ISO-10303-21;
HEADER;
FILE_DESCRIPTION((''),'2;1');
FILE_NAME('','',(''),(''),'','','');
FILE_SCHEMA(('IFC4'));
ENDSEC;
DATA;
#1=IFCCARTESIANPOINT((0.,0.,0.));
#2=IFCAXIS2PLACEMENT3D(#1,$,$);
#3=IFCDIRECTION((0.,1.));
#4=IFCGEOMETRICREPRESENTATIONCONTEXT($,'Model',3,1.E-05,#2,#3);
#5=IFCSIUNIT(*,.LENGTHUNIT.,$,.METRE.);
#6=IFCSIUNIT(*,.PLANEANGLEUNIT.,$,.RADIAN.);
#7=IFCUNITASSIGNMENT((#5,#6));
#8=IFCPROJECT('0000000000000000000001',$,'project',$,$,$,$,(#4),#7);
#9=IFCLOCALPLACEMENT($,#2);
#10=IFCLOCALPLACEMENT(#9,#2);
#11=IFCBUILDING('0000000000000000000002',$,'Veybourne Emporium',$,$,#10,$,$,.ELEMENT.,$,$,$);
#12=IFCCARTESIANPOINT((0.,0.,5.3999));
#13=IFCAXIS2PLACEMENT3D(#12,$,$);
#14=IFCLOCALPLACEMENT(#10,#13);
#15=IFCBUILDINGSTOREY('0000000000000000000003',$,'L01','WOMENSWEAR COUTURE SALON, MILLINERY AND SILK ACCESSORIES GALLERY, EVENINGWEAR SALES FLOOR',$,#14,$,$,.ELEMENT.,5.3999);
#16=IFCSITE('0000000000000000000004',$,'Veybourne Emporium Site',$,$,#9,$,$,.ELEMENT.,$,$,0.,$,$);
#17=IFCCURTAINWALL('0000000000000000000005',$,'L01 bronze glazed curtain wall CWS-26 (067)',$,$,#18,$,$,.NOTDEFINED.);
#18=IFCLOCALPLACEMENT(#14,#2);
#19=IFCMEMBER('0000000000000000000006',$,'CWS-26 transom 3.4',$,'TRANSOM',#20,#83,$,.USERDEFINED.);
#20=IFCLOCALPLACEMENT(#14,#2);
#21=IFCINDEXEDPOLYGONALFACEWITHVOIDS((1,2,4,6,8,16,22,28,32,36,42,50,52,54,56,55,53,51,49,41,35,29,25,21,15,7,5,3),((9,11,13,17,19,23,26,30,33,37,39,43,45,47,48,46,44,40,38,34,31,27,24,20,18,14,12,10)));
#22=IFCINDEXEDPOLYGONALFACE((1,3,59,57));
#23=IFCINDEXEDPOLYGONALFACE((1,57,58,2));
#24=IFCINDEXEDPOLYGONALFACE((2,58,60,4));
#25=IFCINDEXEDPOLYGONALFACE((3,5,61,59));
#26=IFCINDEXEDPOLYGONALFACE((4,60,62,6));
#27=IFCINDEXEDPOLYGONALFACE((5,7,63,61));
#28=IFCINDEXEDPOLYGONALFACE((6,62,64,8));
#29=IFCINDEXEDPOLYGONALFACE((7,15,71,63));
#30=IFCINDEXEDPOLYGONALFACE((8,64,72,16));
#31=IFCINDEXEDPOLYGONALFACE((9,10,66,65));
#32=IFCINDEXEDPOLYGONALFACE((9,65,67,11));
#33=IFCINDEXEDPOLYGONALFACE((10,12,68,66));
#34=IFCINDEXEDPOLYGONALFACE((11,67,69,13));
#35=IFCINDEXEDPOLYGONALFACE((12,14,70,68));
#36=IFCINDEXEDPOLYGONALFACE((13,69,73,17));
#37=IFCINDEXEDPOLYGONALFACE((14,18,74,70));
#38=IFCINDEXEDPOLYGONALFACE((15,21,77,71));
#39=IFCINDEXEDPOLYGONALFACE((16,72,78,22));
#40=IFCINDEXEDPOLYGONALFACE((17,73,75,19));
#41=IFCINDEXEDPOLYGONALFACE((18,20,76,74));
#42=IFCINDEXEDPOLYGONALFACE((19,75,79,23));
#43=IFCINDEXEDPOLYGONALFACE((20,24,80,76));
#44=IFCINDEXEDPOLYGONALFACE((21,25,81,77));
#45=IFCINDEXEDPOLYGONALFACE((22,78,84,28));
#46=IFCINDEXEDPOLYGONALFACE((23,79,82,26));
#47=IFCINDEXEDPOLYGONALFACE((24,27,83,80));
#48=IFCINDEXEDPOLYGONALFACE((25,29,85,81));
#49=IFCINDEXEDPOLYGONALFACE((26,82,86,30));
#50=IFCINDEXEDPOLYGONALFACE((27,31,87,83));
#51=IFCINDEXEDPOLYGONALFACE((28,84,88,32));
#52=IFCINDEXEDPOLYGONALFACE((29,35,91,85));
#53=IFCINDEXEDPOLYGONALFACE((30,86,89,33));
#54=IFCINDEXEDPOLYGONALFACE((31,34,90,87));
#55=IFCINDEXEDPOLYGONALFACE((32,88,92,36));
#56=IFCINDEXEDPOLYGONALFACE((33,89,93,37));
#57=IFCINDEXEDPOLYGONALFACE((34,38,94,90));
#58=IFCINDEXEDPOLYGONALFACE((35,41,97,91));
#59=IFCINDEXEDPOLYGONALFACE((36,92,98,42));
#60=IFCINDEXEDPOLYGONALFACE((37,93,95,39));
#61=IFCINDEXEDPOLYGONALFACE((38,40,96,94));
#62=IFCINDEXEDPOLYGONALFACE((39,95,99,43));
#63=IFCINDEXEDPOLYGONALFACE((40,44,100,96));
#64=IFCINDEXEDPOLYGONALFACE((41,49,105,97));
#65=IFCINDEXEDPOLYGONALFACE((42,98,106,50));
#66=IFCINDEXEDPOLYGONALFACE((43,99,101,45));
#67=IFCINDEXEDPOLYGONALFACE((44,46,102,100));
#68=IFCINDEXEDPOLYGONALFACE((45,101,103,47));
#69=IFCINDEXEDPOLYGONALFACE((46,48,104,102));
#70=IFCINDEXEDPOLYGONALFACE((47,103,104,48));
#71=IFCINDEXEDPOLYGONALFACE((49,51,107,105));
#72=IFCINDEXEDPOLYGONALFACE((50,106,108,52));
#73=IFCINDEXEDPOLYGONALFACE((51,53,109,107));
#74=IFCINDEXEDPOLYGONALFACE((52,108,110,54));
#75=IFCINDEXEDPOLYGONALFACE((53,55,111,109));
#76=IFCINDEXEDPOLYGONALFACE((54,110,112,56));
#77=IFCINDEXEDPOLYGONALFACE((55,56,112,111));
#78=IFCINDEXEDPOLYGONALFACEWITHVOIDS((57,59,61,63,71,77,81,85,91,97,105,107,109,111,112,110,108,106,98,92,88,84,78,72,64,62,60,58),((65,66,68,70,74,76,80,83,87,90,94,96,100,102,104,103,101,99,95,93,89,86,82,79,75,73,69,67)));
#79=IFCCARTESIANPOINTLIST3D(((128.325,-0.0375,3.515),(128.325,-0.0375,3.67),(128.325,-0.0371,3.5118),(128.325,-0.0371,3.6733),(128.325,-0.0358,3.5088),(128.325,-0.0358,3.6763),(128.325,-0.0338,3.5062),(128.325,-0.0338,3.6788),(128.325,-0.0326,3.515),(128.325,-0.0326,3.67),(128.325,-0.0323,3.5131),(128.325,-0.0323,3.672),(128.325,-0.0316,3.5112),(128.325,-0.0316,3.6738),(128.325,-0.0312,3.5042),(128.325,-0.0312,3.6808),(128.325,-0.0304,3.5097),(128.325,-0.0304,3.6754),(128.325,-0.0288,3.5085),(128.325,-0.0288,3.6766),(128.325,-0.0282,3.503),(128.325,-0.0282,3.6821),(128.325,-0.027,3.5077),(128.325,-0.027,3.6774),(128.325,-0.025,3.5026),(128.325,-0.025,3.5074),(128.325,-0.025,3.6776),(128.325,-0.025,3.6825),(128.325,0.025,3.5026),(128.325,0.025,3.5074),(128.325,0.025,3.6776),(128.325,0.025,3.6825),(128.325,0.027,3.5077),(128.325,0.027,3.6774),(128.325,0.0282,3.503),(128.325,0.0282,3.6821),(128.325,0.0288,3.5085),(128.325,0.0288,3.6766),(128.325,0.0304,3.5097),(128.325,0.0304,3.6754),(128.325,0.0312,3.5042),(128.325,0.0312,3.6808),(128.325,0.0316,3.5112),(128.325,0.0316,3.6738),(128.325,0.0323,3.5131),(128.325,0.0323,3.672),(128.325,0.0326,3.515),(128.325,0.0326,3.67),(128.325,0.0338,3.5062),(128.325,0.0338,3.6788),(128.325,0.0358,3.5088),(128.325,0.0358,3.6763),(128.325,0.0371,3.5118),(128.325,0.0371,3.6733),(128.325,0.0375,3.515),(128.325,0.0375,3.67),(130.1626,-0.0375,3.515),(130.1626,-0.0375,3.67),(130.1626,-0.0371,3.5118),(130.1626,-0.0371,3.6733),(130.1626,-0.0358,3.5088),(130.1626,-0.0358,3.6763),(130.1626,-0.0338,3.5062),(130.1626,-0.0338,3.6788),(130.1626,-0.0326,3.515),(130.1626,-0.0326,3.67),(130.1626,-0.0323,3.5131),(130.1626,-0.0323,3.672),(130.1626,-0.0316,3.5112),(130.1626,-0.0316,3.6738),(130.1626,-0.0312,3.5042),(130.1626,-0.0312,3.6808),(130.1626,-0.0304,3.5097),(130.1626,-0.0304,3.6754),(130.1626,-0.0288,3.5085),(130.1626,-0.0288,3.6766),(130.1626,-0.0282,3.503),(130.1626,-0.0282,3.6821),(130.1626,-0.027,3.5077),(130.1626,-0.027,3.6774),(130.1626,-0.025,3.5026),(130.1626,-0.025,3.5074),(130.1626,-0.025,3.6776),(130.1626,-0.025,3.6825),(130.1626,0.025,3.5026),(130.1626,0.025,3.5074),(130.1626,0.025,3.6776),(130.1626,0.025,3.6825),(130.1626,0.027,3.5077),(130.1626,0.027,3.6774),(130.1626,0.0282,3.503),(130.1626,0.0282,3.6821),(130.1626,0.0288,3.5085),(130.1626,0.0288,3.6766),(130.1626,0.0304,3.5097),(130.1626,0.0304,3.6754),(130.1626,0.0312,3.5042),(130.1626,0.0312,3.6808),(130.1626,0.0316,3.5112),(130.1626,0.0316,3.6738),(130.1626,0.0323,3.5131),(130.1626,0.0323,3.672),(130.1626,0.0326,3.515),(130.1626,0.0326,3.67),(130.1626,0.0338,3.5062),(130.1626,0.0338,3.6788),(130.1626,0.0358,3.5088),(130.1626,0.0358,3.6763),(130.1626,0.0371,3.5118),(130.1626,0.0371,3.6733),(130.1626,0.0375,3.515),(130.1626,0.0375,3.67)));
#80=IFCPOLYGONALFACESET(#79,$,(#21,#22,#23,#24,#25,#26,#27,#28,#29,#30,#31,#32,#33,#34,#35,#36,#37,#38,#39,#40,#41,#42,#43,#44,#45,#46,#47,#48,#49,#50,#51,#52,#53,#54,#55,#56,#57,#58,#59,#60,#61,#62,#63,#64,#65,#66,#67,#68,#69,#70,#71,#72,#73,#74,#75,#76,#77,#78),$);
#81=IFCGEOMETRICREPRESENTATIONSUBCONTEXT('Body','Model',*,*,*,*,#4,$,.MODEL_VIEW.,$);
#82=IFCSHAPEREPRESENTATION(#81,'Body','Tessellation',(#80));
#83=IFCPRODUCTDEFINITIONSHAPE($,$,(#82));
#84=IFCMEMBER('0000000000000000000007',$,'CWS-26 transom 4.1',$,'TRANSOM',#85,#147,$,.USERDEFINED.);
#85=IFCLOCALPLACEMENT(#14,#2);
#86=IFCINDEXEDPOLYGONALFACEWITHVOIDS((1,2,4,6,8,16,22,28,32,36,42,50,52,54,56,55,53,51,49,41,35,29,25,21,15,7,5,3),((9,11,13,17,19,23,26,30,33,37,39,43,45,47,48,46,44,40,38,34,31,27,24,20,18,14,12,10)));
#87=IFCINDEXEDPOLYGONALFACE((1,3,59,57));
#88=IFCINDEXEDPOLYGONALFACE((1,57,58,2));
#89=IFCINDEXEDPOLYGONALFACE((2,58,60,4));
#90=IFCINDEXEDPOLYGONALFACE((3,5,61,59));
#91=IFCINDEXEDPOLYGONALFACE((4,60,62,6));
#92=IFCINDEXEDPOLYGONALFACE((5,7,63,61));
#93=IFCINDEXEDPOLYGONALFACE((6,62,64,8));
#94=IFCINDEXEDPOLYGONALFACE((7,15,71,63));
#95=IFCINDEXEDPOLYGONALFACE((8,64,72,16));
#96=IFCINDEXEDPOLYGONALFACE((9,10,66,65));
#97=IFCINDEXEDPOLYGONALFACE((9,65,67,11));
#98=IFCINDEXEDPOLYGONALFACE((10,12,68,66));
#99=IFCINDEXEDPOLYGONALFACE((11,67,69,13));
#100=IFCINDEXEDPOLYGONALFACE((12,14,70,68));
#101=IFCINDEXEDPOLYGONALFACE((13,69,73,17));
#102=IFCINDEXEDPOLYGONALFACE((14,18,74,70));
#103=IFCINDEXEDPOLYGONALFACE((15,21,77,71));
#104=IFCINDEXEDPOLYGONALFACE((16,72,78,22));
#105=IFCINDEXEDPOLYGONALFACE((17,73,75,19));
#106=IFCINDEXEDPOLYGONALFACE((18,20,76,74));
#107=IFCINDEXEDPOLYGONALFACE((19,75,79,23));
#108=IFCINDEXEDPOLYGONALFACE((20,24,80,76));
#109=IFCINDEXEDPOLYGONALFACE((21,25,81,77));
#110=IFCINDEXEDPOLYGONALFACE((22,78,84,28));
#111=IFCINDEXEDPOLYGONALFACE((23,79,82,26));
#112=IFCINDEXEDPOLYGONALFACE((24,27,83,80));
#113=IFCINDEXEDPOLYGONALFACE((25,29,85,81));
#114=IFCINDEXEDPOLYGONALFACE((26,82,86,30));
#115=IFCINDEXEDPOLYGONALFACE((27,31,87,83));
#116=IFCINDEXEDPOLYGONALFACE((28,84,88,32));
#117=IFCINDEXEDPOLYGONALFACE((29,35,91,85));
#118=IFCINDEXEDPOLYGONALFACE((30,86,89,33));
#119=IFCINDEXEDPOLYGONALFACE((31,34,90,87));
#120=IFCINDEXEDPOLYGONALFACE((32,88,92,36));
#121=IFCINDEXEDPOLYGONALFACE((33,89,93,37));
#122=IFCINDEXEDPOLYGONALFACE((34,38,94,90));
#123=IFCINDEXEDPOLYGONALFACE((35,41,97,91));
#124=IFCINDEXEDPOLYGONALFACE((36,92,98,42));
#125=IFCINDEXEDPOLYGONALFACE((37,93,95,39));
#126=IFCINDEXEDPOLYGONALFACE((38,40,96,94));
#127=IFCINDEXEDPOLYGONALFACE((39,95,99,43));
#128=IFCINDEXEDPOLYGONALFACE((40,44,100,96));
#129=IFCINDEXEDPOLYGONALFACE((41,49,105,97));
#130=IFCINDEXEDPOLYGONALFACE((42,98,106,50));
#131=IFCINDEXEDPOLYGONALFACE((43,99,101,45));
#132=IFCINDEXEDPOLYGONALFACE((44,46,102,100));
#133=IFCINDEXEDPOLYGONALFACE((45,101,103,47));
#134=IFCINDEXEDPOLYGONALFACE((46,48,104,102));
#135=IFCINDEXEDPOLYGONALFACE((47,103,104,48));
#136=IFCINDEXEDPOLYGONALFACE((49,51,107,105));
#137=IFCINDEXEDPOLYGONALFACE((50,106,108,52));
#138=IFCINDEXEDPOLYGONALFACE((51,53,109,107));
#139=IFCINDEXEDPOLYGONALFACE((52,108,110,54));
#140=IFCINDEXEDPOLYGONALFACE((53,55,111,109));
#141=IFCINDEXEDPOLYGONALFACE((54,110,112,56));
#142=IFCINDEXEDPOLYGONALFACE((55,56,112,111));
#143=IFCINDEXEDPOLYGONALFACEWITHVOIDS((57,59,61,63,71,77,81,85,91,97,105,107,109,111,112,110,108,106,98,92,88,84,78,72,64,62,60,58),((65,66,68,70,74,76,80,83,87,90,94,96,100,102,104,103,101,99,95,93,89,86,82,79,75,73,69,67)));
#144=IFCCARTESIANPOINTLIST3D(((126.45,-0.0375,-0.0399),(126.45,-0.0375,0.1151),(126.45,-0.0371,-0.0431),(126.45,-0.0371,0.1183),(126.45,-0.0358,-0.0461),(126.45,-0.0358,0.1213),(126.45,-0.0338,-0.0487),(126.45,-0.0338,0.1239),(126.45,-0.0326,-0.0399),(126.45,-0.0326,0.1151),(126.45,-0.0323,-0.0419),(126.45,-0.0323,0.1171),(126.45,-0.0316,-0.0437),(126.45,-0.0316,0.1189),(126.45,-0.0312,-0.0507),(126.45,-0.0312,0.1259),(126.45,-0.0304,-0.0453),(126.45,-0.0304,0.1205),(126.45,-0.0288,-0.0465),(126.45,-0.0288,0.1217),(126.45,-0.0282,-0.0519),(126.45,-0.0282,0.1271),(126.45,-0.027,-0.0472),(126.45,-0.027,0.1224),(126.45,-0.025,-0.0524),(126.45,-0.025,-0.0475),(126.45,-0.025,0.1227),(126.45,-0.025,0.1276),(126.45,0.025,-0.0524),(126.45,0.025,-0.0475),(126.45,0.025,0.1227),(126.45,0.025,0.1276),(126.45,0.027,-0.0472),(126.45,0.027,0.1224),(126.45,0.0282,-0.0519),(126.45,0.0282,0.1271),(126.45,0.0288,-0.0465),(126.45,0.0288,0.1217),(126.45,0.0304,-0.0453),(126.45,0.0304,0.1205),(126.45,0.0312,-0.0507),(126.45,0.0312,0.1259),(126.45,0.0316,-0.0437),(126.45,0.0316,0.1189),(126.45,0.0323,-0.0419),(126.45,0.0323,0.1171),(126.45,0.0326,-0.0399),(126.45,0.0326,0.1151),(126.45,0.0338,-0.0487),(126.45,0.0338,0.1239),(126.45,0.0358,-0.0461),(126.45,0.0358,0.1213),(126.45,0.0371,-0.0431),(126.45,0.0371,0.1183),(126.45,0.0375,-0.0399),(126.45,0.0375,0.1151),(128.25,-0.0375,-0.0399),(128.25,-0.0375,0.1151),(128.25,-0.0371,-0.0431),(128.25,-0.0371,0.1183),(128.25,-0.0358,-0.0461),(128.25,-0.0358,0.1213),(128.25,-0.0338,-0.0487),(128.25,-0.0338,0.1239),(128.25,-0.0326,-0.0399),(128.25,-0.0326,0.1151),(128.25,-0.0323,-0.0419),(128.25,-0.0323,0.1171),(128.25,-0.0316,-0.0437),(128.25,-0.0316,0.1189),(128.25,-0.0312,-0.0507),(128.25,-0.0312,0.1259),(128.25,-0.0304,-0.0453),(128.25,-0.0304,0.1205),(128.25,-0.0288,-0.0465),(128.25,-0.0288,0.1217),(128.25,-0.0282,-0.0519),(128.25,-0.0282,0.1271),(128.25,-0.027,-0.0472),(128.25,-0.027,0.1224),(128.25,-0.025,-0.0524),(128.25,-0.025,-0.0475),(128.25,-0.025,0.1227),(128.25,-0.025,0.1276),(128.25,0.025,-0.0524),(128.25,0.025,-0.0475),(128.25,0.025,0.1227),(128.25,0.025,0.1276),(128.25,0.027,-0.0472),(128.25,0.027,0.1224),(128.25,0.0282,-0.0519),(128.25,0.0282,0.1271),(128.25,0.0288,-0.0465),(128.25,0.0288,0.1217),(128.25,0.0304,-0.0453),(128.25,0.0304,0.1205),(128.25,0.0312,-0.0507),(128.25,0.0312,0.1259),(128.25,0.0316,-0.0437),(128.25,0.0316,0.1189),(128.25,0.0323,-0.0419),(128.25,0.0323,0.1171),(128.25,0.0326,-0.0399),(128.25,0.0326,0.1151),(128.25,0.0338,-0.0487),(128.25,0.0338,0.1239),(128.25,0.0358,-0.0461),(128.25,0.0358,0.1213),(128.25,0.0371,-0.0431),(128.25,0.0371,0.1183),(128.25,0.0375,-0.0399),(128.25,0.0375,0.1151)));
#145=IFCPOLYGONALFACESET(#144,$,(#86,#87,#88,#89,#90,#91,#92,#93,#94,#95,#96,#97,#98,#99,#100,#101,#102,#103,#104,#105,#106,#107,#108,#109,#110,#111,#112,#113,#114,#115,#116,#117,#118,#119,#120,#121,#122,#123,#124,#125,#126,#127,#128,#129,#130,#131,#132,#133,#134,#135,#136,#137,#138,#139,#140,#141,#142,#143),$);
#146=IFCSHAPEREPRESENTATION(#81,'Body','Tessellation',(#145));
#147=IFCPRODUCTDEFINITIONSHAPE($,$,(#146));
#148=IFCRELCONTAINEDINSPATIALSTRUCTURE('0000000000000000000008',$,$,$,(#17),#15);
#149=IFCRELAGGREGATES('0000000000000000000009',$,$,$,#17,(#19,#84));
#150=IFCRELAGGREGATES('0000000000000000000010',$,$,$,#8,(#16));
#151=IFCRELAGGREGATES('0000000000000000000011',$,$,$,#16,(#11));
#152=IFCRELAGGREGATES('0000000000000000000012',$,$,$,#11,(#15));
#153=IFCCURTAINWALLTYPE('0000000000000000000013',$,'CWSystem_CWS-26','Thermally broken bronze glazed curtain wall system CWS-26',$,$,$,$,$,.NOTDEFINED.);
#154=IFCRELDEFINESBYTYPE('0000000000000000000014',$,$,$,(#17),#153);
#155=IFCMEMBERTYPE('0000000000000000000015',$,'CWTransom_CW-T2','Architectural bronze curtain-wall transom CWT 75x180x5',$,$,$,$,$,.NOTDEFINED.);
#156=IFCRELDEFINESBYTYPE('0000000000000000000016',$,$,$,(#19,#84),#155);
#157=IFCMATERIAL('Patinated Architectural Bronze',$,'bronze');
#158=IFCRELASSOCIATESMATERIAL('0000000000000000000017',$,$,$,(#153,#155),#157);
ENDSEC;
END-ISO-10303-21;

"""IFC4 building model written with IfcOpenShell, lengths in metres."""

from ifc_helpers import new_model, si_unit, direction, frame, origin, origin_2d, place, context, subcontext, project, spatial, hollow_rectangle, extrude, material, material_profile, profile_set, type_object, element, aggregate, save


model = new_model("IFC4")

# Units and contexts
model_context = context("Model", 3, precision=1e-05, world=origin(), true_north=direction((0.0, 1.0)))
body_context = subcontext(model_context, "Body", "Model", "MODEL_VIEW")
ifc_project = project(units=[si_unit("LENGTHUNIT", "METRE"), si_unit("PLANEANGLEUNIT", "RADIAN")], contexts=[model_context])

# Site, building, storey
site_placement = place(None, origin())
site = spatial("IfcSite", under=ifc_project, at=site_placement, Name="Veybourne Emporium Site", CompositionType="ELEMENT", RefElevation=0.0)
building_placement = place(site_placement, origin())
building = spatial("IfcBuilding", under=site, at=building_placement, Name="Veybourne Emporium", CompositionType="ELEMENT")
storey_placement = place(building_placement, frame((0.0, 0.0, 5.3999)))
storey = spatial("IfcBuildingStorey", under=building, at=storey_placement, Name="L01", Description="WOMENSWEAR COUTURE SALON, MILLINERY AND SILK ACCESSORIES GALLERY, EVENINGWEAR SALES FLOOR", CompositionType="ELEMENT", Elevation=5.3999)

# Curtain wall, members
ifc_material_1 = material(Name="Patinated Architectural Bronze", Category="bronze")
curtain_wall_type = type_object("IfcCurtainWallType", Name="CWSystem_CWS-26", Description="Thermally broken bronze glazed curtain wall system CWS-26", PredefinedType="NOTDEFINED", material=ifc_material_1)
curtain_wall_placement = place(storey_placement, origin())
curtain_wall = element("IfcCurtainWall", 1, at=curtain_wall_placement, inside=storey, type_object=curtain_wall_type, Name="L01 bronze glazed curtain wall CWS-26 (067)", PredefinedType="NOTDEFINED")
ifc_material_profile_1 = material_profile(ifc_material_1, hollow_rectangle(XDim=0.075, YDim=0.1799, WallThickness=0.0049, InnerFilletRadius=0.0076, OuterFilletRadius=0.0125, at=origin_2d()), Name="CWT 75x180x5")
ifc_profile_set_1 = profile_set([ifc_material_profile_1], Name="Patinated Architectural Bronze")
member_type_1 = type_object("IfcMemberType", Name="CWTransom_CW-T2", Description="Architectural bronze curtain-wall transom CWT 75x180x5", PredefinedType="NOTDEFINED", material=ifc_profile_set_1)
member_1_placement = place(storey_placement, frame((130.1626, 0.0, 3.5925), z_axis=(-1.0, 0.0, 0.0), x_axis=(0.0, -1.0, 0.0)))
member_1 = element("IfcMember", 2, at=member_1_placement, type_object=member_type_1, Name="CWS-26 transom 3.4", ObjectType="TRANSOM", PredefinedType="USERDEFINED", context=body_context, shape_type="SweptSolid", body=[
    extrude(hollow_rectangle(XDim=0.075, YDim=0.1799, WallThickness=0.0049, InnerFilletRadius=0.0076, OuterFilletRadius=0.0125, at=origin_2d()), origin(), (0.0, 0.0, 1.0), 1.8376),
])
member_2_placement = place(storey_placement, frame((128.25, 0.0, 0.0376), z_axis=(-1.0, 0.0, 0.0), x_axis=(0.0, -1.0, 0.0)))
member_2 = element("IfcMember", 3, at=member_2_placement, type_object=member_type_1, Name="CWS-26 transom 4.1", ObjectType="TRANSOM", PredefinedType="USERDEFINED", context=body_context, shape_type="SweptSolid", body=[
    extrude(hollow_rectangle(XDim=0.075, YDim=0.1799, WallThickness=0.0049, InnerFilletRadius=0.0076, OuterFilletRadius=0.0125, at=origin_2d()), origin(), (0.0, 0.0, 1.0), 1.8),
])

aggregate(curtain_wall, [member_1, member_2])

save(model, "model.ifc")
